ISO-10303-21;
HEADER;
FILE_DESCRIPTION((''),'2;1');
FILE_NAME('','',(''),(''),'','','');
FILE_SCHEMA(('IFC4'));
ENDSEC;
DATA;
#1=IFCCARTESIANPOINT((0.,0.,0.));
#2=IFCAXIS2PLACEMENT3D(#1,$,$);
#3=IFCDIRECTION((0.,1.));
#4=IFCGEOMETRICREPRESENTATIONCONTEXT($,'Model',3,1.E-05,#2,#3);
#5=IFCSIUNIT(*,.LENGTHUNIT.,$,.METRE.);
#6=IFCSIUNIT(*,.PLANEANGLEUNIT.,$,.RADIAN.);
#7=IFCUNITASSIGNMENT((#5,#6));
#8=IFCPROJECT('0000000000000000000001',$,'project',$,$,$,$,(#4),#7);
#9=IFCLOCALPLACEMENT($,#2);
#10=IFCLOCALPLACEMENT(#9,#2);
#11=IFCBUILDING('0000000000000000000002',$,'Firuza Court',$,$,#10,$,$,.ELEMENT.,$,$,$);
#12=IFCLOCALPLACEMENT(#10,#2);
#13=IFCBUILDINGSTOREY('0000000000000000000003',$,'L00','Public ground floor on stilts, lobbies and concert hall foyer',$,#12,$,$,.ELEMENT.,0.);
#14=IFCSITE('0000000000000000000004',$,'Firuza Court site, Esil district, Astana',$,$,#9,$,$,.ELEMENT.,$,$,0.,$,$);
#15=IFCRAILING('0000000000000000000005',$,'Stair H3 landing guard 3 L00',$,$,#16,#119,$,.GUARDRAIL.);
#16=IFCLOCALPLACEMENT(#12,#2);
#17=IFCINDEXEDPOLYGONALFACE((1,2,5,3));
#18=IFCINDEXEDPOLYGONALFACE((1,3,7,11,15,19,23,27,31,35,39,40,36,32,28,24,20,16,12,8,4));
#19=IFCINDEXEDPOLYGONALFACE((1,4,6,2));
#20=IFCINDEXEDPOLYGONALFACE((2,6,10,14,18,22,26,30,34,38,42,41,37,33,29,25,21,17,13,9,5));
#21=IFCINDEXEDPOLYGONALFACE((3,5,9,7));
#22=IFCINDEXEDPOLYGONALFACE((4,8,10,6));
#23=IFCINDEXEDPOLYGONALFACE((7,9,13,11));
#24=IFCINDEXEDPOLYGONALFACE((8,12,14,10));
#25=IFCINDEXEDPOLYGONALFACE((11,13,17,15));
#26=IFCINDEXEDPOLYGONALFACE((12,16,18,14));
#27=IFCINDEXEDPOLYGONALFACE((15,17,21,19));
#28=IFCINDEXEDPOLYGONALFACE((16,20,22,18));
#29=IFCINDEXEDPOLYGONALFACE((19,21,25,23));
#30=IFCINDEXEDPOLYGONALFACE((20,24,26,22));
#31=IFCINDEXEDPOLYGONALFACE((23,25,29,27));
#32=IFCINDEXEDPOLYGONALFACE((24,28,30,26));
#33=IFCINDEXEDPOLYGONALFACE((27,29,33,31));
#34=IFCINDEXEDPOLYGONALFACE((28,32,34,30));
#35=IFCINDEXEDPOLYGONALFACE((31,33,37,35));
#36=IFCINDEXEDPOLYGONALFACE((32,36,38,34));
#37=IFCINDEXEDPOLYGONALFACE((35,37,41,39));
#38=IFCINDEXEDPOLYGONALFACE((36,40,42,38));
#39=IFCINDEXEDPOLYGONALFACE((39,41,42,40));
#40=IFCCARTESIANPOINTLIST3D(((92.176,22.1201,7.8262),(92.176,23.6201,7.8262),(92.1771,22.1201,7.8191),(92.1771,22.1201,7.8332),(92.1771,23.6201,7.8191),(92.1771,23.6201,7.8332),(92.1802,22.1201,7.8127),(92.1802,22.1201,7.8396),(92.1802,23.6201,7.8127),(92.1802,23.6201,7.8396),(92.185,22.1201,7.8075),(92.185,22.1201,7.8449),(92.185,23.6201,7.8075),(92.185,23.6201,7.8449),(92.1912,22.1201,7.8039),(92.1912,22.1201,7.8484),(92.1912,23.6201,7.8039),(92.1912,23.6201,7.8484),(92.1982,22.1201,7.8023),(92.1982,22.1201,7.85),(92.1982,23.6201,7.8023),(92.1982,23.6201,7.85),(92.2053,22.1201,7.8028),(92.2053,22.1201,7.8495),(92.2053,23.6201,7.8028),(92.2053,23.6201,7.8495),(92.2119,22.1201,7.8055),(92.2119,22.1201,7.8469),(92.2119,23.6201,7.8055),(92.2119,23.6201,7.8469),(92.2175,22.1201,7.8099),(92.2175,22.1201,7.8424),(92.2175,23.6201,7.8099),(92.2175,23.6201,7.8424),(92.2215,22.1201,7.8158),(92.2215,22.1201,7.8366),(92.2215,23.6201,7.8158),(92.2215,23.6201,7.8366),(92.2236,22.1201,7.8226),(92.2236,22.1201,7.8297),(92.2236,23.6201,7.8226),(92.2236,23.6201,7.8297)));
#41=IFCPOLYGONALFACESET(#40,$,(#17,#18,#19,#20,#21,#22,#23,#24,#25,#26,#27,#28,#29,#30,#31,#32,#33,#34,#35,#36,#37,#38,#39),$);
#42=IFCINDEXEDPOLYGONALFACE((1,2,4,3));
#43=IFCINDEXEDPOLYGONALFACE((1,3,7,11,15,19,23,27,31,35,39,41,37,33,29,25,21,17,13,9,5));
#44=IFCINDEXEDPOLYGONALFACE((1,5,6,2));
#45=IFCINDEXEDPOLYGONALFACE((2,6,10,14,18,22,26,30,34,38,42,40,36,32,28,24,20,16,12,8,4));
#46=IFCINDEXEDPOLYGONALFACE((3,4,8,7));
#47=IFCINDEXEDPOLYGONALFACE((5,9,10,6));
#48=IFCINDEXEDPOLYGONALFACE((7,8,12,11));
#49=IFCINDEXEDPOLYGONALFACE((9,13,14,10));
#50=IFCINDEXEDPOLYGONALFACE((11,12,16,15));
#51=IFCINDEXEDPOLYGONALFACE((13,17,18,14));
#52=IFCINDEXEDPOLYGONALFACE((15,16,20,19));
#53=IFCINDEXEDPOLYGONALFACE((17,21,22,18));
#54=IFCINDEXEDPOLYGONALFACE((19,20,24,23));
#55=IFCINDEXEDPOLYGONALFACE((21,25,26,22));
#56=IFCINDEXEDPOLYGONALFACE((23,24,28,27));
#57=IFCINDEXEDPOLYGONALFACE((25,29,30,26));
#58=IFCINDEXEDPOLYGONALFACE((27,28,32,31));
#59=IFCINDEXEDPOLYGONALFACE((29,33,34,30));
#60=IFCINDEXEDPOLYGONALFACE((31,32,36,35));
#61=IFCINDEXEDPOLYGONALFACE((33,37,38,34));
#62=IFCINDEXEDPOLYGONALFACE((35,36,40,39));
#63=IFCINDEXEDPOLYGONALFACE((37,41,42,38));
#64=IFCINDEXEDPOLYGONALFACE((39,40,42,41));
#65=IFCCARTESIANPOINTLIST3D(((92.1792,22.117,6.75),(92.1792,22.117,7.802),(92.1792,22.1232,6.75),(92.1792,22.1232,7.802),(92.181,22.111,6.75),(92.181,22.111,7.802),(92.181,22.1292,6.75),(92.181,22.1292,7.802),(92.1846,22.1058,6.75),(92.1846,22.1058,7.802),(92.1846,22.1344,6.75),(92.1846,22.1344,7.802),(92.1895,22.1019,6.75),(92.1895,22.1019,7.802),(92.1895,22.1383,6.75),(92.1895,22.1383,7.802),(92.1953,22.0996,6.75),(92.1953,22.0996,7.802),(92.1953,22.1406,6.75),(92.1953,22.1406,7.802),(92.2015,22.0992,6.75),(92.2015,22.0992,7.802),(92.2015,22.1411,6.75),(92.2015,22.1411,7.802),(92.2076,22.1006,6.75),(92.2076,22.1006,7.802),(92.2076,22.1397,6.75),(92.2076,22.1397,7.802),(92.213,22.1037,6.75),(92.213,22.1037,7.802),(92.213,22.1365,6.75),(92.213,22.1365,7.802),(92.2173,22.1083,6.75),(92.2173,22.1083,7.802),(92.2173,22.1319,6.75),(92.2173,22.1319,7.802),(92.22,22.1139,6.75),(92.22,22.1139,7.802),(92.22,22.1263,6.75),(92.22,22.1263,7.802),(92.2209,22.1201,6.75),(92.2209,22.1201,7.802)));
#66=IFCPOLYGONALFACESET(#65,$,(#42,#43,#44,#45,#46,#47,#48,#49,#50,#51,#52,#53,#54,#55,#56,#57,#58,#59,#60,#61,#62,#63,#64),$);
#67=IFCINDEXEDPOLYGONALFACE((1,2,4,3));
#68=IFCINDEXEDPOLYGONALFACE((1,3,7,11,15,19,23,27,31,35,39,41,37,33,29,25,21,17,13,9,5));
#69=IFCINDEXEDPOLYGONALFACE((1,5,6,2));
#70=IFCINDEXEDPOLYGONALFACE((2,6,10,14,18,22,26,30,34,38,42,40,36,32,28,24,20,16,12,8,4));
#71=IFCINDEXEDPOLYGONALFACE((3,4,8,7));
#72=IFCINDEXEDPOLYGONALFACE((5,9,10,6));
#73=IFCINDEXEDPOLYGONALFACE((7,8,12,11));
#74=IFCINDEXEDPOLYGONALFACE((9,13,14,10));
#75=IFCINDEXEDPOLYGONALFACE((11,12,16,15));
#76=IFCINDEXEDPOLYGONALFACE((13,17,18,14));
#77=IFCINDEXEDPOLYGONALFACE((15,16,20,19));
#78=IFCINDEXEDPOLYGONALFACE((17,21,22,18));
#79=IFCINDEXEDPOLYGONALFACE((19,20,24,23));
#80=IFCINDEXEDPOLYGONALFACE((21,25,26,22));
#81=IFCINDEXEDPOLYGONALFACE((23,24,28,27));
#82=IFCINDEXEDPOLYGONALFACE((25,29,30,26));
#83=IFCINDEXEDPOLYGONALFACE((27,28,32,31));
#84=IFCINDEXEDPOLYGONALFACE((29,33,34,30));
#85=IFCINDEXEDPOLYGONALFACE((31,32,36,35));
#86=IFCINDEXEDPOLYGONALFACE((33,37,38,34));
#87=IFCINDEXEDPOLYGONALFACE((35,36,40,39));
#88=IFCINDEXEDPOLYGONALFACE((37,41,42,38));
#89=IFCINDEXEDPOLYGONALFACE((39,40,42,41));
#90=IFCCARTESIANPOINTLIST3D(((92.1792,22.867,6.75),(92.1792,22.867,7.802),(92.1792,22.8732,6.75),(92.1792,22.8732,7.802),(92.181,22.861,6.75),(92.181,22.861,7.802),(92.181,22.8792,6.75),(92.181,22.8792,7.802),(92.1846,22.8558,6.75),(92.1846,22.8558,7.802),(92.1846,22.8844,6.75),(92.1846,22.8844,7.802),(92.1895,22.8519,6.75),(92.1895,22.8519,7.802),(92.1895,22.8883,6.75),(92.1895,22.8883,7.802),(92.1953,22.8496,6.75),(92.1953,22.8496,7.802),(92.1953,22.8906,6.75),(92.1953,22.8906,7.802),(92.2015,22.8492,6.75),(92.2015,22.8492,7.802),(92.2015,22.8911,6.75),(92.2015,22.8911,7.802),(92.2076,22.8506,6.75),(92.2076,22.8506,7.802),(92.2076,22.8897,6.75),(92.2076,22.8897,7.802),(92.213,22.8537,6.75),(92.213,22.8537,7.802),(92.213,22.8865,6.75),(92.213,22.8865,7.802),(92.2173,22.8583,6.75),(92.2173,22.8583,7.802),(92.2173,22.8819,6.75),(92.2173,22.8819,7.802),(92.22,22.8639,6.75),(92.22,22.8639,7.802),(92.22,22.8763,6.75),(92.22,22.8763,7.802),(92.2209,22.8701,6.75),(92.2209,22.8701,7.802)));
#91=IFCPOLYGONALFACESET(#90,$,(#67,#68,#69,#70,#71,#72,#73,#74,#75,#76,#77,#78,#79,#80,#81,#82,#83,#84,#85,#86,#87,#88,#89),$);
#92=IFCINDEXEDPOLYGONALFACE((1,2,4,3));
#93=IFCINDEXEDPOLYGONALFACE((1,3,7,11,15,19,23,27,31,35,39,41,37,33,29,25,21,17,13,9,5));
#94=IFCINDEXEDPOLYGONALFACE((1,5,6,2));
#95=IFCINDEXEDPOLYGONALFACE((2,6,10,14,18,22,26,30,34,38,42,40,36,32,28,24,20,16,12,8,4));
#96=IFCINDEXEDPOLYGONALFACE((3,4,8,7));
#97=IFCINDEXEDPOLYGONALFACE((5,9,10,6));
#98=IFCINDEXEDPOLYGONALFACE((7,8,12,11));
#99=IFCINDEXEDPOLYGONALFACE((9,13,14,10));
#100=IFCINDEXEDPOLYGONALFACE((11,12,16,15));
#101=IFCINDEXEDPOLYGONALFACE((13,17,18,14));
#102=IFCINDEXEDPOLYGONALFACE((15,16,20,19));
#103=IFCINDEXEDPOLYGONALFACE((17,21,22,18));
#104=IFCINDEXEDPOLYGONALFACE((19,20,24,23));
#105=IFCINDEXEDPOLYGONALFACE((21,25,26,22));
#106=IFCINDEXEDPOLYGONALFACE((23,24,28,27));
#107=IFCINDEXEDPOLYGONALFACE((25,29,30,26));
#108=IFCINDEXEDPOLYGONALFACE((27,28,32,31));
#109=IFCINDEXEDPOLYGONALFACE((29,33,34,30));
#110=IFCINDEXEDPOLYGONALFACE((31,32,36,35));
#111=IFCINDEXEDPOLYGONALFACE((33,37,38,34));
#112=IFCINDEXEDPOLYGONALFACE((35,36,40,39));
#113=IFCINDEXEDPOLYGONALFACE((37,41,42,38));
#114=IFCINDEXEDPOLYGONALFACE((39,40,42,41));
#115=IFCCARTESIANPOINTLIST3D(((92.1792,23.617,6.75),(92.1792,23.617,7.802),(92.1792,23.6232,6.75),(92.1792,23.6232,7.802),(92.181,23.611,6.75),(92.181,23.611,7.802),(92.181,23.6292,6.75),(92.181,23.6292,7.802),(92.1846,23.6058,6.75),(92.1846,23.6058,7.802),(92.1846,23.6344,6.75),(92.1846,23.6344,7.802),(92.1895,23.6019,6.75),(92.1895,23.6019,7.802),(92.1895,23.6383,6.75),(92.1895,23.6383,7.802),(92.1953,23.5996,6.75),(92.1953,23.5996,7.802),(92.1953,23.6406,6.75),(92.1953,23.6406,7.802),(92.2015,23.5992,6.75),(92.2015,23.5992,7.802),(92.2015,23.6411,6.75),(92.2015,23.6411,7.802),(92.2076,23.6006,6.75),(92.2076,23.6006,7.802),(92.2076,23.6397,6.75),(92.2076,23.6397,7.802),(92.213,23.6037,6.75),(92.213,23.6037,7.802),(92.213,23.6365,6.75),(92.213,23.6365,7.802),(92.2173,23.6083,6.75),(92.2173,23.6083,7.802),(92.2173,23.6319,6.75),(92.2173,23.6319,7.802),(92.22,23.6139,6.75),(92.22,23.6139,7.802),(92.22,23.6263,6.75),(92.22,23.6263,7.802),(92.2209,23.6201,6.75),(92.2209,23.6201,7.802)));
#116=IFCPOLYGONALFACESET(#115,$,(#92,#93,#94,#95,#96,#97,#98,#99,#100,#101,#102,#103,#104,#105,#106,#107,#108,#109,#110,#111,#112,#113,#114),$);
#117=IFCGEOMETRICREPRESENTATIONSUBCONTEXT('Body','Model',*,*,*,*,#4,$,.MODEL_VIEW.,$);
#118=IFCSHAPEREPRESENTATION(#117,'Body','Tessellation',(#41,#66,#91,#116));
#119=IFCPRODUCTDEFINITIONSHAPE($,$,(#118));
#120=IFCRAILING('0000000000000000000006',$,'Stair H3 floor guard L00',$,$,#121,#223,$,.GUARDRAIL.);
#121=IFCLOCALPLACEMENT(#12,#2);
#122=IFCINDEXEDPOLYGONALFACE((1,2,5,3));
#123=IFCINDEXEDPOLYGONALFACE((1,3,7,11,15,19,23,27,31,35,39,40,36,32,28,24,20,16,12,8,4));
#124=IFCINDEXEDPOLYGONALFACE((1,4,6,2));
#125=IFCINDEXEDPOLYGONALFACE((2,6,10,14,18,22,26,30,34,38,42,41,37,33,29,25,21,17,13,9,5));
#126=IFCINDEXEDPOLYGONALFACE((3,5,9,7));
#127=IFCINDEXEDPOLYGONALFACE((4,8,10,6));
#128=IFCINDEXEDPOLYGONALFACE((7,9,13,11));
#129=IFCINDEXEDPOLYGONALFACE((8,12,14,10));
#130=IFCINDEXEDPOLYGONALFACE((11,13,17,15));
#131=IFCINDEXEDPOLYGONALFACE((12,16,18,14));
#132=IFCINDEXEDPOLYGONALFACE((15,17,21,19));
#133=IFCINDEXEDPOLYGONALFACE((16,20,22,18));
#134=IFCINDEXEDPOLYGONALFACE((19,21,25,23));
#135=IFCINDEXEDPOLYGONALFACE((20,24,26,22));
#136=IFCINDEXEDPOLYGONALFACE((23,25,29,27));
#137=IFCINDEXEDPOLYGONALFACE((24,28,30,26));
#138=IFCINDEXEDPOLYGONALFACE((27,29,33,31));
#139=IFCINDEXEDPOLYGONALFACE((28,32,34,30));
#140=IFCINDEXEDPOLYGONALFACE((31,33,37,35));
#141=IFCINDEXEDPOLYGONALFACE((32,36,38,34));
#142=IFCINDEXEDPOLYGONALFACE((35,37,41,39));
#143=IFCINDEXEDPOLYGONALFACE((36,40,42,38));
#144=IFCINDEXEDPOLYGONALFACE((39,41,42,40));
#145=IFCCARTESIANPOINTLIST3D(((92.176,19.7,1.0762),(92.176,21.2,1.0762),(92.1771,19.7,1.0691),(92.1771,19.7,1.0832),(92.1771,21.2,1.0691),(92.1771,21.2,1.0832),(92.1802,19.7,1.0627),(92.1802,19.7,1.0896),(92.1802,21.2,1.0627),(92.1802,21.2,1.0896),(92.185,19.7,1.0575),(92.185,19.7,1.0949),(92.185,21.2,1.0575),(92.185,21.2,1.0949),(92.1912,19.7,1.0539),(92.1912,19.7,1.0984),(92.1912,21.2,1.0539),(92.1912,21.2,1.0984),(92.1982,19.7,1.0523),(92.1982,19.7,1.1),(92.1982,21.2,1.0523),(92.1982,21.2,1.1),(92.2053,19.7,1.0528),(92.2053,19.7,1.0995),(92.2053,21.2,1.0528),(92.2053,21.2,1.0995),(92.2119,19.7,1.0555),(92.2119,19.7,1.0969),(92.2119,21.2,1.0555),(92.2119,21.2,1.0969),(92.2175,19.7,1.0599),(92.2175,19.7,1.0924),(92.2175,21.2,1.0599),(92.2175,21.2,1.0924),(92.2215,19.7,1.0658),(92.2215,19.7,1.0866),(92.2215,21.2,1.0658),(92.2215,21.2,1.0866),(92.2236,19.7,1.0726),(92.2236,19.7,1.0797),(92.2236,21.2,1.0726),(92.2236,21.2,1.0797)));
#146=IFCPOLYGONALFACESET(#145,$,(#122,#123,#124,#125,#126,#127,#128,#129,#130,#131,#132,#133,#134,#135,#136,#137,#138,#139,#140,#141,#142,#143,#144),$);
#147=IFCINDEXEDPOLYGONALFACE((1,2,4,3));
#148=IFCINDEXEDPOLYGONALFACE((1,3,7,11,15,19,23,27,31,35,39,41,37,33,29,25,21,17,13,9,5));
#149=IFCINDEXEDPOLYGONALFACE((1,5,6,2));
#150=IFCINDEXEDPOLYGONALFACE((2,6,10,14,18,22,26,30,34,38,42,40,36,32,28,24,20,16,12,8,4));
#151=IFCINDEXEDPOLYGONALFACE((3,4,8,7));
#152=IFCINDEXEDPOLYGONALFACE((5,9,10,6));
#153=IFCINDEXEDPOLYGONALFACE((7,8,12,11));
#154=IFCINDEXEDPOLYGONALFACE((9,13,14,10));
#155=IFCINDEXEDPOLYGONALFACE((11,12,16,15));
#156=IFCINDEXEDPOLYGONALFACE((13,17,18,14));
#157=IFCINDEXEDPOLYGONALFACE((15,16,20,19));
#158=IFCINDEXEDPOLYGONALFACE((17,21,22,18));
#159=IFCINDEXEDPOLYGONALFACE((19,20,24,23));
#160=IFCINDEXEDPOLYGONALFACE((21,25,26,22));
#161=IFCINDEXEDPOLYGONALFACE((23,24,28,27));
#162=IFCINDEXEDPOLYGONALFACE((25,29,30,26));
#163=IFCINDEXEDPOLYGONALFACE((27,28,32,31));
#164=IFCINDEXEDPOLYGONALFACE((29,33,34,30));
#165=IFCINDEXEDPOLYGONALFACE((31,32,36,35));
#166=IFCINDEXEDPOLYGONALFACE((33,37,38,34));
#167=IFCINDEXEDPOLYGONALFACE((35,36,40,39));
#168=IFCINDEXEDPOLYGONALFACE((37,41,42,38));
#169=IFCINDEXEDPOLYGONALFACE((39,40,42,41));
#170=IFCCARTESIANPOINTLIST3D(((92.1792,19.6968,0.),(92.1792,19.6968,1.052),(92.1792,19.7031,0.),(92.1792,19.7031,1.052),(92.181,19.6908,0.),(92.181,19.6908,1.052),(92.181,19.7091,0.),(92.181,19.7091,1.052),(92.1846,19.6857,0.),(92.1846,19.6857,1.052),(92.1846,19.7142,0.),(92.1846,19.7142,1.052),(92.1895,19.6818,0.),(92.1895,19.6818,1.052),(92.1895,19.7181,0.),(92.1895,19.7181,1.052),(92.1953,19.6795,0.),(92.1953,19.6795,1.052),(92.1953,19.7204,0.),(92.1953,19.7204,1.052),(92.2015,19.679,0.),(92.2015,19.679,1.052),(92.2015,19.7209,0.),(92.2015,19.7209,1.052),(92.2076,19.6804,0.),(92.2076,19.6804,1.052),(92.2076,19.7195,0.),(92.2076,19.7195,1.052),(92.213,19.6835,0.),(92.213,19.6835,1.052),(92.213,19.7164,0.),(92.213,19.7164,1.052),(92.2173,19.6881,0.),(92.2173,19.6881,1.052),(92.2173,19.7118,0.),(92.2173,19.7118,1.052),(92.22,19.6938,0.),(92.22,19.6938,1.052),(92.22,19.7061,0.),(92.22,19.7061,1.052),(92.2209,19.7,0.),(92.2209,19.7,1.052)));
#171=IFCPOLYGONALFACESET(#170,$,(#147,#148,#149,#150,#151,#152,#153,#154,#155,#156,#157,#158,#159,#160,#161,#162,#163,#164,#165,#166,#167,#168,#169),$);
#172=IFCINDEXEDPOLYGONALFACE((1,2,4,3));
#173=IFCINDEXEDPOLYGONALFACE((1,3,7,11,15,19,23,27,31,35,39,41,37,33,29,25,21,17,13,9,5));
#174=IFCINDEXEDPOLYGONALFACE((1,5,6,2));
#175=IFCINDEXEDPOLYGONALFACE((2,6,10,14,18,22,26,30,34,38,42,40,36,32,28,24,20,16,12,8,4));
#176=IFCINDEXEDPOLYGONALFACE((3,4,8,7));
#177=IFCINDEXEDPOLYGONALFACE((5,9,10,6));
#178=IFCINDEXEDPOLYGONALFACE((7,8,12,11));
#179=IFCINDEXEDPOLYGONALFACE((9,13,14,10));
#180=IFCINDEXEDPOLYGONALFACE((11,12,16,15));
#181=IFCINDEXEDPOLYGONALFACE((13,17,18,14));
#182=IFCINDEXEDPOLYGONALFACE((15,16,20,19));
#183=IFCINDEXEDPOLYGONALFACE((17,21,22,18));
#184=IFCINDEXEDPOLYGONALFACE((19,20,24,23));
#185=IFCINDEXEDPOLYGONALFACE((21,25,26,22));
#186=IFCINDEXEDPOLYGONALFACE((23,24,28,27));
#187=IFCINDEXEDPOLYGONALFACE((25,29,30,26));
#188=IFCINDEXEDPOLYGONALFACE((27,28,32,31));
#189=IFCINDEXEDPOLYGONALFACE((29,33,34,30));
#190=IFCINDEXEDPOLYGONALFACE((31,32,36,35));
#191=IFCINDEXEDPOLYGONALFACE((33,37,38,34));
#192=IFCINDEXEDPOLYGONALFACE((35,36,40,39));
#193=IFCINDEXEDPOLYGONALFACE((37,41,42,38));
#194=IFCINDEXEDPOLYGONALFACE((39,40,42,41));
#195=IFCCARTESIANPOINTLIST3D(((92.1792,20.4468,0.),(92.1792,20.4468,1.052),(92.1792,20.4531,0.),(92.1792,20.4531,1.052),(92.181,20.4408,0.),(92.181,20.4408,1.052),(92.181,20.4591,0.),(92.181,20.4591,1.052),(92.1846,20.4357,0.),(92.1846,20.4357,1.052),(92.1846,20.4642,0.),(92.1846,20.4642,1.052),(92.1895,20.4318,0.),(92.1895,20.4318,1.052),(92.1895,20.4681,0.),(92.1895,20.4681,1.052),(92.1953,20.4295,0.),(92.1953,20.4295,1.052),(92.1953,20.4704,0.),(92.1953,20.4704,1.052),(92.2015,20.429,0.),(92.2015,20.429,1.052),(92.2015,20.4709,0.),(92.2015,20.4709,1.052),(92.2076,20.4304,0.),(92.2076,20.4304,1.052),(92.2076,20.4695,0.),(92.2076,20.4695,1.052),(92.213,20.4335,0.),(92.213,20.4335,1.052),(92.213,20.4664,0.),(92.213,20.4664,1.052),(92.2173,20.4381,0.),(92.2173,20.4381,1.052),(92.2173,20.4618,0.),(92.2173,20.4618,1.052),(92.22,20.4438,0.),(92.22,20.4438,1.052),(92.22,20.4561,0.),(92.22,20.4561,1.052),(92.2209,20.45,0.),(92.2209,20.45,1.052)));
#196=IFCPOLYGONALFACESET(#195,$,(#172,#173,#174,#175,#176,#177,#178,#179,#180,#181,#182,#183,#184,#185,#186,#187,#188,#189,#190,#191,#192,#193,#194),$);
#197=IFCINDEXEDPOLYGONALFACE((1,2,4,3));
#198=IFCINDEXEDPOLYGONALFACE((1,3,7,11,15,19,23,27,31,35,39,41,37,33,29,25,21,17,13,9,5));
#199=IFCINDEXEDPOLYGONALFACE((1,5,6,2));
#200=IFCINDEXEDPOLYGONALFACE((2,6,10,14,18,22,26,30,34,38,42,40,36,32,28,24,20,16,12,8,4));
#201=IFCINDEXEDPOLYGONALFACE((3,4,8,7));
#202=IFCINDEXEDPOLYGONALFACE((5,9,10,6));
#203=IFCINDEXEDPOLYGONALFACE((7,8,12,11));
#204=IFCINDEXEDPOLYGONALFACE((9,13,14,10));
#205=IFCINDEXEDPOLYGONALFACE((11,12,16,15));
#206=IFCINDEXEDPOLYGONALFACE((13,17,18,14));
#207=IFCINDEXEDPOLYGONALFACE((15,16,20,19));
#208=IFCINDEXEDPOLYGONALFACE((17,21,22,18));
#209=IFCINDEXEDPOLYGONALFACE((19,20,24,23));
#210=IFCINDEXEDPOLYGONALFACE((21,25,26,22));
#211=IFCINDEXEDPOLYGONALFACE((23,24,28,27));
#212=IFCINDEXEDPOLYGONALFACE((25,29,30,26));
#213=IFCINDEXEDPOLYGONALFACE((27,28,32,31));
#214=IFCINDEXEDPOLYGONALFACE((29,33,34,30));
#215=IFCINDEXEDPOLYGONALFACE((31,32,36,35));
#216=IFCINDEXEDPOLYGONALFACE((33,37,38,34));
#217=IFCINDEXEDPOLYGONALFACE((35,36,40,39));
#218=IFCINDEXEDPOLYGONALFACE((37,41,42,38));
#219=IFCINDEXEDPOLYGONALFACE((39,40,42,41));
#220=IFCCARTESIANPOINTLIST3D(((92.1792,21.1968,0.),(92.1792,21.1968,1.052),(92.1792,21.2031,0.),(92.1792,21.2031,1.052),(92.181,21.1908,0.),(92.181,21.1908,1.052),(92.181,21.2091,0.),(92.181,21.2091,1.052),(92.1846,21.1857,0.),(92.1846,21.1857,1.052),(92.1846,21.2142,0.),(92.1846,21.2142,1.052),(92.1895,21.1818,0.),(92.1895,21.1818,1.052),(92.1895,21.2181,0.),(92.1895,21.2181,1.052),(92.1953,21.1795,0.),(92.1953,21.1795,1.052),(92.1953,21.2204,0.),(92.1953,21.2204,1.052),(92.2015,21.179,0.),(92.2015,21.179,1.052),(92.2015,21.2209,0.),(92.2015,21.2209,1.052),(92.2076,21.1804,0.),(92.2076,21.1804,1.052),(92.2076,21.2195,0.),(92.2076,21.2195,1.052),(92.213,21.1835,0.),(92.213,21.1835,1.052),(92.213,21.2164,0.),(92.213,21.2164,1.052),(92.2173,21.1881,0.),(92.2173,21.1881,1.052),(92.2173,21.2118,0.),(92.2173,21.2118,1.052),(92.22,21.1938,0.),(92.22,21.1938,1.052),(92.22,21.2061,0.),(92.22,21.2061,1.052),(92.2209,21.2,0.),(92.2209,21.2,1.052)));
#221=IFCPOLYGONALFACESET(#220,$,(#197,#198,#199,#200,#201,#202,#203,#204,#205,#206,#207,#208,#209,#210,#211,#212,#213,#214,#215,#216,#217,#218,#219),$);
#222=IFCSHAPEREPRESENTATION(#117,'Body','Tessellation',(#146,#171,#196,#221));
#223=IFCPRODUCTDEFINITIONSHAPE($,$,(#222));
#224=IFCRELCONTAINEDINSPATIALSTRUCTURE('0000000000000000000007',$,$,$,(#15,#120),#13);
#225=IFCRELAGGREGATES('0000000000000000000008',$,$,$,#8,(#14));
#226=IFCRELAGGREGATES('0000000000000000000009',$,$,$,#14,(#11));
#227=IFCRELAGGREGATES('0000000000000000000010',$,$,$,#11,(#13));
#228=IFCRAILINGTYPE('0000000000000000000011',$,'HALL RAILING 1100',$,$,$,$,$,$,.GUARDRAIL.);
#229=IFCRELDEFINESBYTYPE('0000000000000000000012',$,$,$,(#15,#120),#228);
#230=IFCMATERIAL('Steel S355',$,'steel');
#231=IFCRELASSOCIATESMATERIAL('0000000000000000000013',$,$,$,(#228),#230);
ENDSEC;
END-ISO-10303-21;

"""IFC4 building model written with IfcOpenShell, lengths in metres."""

from ifc_helpers import new_model, si_unit, direction, frame, origin, origin_2d, place, context, subcontext, project, spatial, circle, extrude, material, type_object, element, save


model = new_model("IFC4")

# Units and contexts
model_context = context("Model", 3, precision=1e-05, world=origin(), true_north=direction((0.0, 1.0)))
body_context = subcontext(model_context, "Body", "Model", "MODEL_VIEW")
ifc_project = project(units=[si_unit("LENGTHUNIT", "METRE"), si_unit("PLANEANGLEUNIT", "RADIAN")], contexts=[model_context])

# Site, building, storey
site_placement = place(None, origin())
site = spatial("IfcSite", under=ifc_project, at=site_placement, Name="Firuza Court site, Esil district, Astana", CompositionType="ELEMENT", RefElevation=0.0)
building_placement = place(site_placement, origin())
building = spatial("IfcBuilding", under=site, at=building_placement, Name="Firuza Court", CompositionType="ELEMENT")
storey_placement = place(building_placement, origin())
storey = spatial("IfcBuildingStorey", under=building, at=storey_placement, Name="L00", Description="Public ground floor on stilts, lobbies and concert hall foyer", CompositionType="ELEMENT", Elevation=0.0)

# Railings
ifc_material_1 = material(Name="Steel S355", Category="steel")
railing_type_1 = type_object("IfcRailingType", Name="HALL RAILING 1100", PredefinedType="GUARDRAIL", material=ifc_material_1)
for number, where, name in (
    (1, (92.2, 22.1201, 6.75), "Stair H3 landing guard 3 L00"),
    (2, (92.2, 19.7, 0.0), "Stair H3 floor guard L00"),
):
    element("IfcRailing", number, at=place(storey_placement, frame(where)), inside=storey, type_object=railing_type_1, Name=name, PredefinedType="GUARDRAIL", context=body_context, shape_type="SweptSolid", body=[
        extrude(circle(Radius=0.0239, at=origin_2d()), frame((0.0, 0.0, 1.0762), z_axis=(0.0, 1.0, 0.0), x_axis=(-1.0, 0.0, 0.0)), (0.0, 0.0, 1.0), 1.5),
        extrude(circle(Radius=0.021, at=origin_2d()), origin(), (0.0, 0.0, 1.0), 1.052),
        extrude(circle(Radius=0.021, at=origin_2d()), frame((0.0, 0.75, 0.0)), (0.0, 0.0, 1.0), 1.052),
        extrude(circle(Radius=0.021, at=origin_2d()), frame((0.0, 1.5, 0.0)), (0.0, 0.0, 1.0), 1.052),
    ])

save(model, "model.ifc")
